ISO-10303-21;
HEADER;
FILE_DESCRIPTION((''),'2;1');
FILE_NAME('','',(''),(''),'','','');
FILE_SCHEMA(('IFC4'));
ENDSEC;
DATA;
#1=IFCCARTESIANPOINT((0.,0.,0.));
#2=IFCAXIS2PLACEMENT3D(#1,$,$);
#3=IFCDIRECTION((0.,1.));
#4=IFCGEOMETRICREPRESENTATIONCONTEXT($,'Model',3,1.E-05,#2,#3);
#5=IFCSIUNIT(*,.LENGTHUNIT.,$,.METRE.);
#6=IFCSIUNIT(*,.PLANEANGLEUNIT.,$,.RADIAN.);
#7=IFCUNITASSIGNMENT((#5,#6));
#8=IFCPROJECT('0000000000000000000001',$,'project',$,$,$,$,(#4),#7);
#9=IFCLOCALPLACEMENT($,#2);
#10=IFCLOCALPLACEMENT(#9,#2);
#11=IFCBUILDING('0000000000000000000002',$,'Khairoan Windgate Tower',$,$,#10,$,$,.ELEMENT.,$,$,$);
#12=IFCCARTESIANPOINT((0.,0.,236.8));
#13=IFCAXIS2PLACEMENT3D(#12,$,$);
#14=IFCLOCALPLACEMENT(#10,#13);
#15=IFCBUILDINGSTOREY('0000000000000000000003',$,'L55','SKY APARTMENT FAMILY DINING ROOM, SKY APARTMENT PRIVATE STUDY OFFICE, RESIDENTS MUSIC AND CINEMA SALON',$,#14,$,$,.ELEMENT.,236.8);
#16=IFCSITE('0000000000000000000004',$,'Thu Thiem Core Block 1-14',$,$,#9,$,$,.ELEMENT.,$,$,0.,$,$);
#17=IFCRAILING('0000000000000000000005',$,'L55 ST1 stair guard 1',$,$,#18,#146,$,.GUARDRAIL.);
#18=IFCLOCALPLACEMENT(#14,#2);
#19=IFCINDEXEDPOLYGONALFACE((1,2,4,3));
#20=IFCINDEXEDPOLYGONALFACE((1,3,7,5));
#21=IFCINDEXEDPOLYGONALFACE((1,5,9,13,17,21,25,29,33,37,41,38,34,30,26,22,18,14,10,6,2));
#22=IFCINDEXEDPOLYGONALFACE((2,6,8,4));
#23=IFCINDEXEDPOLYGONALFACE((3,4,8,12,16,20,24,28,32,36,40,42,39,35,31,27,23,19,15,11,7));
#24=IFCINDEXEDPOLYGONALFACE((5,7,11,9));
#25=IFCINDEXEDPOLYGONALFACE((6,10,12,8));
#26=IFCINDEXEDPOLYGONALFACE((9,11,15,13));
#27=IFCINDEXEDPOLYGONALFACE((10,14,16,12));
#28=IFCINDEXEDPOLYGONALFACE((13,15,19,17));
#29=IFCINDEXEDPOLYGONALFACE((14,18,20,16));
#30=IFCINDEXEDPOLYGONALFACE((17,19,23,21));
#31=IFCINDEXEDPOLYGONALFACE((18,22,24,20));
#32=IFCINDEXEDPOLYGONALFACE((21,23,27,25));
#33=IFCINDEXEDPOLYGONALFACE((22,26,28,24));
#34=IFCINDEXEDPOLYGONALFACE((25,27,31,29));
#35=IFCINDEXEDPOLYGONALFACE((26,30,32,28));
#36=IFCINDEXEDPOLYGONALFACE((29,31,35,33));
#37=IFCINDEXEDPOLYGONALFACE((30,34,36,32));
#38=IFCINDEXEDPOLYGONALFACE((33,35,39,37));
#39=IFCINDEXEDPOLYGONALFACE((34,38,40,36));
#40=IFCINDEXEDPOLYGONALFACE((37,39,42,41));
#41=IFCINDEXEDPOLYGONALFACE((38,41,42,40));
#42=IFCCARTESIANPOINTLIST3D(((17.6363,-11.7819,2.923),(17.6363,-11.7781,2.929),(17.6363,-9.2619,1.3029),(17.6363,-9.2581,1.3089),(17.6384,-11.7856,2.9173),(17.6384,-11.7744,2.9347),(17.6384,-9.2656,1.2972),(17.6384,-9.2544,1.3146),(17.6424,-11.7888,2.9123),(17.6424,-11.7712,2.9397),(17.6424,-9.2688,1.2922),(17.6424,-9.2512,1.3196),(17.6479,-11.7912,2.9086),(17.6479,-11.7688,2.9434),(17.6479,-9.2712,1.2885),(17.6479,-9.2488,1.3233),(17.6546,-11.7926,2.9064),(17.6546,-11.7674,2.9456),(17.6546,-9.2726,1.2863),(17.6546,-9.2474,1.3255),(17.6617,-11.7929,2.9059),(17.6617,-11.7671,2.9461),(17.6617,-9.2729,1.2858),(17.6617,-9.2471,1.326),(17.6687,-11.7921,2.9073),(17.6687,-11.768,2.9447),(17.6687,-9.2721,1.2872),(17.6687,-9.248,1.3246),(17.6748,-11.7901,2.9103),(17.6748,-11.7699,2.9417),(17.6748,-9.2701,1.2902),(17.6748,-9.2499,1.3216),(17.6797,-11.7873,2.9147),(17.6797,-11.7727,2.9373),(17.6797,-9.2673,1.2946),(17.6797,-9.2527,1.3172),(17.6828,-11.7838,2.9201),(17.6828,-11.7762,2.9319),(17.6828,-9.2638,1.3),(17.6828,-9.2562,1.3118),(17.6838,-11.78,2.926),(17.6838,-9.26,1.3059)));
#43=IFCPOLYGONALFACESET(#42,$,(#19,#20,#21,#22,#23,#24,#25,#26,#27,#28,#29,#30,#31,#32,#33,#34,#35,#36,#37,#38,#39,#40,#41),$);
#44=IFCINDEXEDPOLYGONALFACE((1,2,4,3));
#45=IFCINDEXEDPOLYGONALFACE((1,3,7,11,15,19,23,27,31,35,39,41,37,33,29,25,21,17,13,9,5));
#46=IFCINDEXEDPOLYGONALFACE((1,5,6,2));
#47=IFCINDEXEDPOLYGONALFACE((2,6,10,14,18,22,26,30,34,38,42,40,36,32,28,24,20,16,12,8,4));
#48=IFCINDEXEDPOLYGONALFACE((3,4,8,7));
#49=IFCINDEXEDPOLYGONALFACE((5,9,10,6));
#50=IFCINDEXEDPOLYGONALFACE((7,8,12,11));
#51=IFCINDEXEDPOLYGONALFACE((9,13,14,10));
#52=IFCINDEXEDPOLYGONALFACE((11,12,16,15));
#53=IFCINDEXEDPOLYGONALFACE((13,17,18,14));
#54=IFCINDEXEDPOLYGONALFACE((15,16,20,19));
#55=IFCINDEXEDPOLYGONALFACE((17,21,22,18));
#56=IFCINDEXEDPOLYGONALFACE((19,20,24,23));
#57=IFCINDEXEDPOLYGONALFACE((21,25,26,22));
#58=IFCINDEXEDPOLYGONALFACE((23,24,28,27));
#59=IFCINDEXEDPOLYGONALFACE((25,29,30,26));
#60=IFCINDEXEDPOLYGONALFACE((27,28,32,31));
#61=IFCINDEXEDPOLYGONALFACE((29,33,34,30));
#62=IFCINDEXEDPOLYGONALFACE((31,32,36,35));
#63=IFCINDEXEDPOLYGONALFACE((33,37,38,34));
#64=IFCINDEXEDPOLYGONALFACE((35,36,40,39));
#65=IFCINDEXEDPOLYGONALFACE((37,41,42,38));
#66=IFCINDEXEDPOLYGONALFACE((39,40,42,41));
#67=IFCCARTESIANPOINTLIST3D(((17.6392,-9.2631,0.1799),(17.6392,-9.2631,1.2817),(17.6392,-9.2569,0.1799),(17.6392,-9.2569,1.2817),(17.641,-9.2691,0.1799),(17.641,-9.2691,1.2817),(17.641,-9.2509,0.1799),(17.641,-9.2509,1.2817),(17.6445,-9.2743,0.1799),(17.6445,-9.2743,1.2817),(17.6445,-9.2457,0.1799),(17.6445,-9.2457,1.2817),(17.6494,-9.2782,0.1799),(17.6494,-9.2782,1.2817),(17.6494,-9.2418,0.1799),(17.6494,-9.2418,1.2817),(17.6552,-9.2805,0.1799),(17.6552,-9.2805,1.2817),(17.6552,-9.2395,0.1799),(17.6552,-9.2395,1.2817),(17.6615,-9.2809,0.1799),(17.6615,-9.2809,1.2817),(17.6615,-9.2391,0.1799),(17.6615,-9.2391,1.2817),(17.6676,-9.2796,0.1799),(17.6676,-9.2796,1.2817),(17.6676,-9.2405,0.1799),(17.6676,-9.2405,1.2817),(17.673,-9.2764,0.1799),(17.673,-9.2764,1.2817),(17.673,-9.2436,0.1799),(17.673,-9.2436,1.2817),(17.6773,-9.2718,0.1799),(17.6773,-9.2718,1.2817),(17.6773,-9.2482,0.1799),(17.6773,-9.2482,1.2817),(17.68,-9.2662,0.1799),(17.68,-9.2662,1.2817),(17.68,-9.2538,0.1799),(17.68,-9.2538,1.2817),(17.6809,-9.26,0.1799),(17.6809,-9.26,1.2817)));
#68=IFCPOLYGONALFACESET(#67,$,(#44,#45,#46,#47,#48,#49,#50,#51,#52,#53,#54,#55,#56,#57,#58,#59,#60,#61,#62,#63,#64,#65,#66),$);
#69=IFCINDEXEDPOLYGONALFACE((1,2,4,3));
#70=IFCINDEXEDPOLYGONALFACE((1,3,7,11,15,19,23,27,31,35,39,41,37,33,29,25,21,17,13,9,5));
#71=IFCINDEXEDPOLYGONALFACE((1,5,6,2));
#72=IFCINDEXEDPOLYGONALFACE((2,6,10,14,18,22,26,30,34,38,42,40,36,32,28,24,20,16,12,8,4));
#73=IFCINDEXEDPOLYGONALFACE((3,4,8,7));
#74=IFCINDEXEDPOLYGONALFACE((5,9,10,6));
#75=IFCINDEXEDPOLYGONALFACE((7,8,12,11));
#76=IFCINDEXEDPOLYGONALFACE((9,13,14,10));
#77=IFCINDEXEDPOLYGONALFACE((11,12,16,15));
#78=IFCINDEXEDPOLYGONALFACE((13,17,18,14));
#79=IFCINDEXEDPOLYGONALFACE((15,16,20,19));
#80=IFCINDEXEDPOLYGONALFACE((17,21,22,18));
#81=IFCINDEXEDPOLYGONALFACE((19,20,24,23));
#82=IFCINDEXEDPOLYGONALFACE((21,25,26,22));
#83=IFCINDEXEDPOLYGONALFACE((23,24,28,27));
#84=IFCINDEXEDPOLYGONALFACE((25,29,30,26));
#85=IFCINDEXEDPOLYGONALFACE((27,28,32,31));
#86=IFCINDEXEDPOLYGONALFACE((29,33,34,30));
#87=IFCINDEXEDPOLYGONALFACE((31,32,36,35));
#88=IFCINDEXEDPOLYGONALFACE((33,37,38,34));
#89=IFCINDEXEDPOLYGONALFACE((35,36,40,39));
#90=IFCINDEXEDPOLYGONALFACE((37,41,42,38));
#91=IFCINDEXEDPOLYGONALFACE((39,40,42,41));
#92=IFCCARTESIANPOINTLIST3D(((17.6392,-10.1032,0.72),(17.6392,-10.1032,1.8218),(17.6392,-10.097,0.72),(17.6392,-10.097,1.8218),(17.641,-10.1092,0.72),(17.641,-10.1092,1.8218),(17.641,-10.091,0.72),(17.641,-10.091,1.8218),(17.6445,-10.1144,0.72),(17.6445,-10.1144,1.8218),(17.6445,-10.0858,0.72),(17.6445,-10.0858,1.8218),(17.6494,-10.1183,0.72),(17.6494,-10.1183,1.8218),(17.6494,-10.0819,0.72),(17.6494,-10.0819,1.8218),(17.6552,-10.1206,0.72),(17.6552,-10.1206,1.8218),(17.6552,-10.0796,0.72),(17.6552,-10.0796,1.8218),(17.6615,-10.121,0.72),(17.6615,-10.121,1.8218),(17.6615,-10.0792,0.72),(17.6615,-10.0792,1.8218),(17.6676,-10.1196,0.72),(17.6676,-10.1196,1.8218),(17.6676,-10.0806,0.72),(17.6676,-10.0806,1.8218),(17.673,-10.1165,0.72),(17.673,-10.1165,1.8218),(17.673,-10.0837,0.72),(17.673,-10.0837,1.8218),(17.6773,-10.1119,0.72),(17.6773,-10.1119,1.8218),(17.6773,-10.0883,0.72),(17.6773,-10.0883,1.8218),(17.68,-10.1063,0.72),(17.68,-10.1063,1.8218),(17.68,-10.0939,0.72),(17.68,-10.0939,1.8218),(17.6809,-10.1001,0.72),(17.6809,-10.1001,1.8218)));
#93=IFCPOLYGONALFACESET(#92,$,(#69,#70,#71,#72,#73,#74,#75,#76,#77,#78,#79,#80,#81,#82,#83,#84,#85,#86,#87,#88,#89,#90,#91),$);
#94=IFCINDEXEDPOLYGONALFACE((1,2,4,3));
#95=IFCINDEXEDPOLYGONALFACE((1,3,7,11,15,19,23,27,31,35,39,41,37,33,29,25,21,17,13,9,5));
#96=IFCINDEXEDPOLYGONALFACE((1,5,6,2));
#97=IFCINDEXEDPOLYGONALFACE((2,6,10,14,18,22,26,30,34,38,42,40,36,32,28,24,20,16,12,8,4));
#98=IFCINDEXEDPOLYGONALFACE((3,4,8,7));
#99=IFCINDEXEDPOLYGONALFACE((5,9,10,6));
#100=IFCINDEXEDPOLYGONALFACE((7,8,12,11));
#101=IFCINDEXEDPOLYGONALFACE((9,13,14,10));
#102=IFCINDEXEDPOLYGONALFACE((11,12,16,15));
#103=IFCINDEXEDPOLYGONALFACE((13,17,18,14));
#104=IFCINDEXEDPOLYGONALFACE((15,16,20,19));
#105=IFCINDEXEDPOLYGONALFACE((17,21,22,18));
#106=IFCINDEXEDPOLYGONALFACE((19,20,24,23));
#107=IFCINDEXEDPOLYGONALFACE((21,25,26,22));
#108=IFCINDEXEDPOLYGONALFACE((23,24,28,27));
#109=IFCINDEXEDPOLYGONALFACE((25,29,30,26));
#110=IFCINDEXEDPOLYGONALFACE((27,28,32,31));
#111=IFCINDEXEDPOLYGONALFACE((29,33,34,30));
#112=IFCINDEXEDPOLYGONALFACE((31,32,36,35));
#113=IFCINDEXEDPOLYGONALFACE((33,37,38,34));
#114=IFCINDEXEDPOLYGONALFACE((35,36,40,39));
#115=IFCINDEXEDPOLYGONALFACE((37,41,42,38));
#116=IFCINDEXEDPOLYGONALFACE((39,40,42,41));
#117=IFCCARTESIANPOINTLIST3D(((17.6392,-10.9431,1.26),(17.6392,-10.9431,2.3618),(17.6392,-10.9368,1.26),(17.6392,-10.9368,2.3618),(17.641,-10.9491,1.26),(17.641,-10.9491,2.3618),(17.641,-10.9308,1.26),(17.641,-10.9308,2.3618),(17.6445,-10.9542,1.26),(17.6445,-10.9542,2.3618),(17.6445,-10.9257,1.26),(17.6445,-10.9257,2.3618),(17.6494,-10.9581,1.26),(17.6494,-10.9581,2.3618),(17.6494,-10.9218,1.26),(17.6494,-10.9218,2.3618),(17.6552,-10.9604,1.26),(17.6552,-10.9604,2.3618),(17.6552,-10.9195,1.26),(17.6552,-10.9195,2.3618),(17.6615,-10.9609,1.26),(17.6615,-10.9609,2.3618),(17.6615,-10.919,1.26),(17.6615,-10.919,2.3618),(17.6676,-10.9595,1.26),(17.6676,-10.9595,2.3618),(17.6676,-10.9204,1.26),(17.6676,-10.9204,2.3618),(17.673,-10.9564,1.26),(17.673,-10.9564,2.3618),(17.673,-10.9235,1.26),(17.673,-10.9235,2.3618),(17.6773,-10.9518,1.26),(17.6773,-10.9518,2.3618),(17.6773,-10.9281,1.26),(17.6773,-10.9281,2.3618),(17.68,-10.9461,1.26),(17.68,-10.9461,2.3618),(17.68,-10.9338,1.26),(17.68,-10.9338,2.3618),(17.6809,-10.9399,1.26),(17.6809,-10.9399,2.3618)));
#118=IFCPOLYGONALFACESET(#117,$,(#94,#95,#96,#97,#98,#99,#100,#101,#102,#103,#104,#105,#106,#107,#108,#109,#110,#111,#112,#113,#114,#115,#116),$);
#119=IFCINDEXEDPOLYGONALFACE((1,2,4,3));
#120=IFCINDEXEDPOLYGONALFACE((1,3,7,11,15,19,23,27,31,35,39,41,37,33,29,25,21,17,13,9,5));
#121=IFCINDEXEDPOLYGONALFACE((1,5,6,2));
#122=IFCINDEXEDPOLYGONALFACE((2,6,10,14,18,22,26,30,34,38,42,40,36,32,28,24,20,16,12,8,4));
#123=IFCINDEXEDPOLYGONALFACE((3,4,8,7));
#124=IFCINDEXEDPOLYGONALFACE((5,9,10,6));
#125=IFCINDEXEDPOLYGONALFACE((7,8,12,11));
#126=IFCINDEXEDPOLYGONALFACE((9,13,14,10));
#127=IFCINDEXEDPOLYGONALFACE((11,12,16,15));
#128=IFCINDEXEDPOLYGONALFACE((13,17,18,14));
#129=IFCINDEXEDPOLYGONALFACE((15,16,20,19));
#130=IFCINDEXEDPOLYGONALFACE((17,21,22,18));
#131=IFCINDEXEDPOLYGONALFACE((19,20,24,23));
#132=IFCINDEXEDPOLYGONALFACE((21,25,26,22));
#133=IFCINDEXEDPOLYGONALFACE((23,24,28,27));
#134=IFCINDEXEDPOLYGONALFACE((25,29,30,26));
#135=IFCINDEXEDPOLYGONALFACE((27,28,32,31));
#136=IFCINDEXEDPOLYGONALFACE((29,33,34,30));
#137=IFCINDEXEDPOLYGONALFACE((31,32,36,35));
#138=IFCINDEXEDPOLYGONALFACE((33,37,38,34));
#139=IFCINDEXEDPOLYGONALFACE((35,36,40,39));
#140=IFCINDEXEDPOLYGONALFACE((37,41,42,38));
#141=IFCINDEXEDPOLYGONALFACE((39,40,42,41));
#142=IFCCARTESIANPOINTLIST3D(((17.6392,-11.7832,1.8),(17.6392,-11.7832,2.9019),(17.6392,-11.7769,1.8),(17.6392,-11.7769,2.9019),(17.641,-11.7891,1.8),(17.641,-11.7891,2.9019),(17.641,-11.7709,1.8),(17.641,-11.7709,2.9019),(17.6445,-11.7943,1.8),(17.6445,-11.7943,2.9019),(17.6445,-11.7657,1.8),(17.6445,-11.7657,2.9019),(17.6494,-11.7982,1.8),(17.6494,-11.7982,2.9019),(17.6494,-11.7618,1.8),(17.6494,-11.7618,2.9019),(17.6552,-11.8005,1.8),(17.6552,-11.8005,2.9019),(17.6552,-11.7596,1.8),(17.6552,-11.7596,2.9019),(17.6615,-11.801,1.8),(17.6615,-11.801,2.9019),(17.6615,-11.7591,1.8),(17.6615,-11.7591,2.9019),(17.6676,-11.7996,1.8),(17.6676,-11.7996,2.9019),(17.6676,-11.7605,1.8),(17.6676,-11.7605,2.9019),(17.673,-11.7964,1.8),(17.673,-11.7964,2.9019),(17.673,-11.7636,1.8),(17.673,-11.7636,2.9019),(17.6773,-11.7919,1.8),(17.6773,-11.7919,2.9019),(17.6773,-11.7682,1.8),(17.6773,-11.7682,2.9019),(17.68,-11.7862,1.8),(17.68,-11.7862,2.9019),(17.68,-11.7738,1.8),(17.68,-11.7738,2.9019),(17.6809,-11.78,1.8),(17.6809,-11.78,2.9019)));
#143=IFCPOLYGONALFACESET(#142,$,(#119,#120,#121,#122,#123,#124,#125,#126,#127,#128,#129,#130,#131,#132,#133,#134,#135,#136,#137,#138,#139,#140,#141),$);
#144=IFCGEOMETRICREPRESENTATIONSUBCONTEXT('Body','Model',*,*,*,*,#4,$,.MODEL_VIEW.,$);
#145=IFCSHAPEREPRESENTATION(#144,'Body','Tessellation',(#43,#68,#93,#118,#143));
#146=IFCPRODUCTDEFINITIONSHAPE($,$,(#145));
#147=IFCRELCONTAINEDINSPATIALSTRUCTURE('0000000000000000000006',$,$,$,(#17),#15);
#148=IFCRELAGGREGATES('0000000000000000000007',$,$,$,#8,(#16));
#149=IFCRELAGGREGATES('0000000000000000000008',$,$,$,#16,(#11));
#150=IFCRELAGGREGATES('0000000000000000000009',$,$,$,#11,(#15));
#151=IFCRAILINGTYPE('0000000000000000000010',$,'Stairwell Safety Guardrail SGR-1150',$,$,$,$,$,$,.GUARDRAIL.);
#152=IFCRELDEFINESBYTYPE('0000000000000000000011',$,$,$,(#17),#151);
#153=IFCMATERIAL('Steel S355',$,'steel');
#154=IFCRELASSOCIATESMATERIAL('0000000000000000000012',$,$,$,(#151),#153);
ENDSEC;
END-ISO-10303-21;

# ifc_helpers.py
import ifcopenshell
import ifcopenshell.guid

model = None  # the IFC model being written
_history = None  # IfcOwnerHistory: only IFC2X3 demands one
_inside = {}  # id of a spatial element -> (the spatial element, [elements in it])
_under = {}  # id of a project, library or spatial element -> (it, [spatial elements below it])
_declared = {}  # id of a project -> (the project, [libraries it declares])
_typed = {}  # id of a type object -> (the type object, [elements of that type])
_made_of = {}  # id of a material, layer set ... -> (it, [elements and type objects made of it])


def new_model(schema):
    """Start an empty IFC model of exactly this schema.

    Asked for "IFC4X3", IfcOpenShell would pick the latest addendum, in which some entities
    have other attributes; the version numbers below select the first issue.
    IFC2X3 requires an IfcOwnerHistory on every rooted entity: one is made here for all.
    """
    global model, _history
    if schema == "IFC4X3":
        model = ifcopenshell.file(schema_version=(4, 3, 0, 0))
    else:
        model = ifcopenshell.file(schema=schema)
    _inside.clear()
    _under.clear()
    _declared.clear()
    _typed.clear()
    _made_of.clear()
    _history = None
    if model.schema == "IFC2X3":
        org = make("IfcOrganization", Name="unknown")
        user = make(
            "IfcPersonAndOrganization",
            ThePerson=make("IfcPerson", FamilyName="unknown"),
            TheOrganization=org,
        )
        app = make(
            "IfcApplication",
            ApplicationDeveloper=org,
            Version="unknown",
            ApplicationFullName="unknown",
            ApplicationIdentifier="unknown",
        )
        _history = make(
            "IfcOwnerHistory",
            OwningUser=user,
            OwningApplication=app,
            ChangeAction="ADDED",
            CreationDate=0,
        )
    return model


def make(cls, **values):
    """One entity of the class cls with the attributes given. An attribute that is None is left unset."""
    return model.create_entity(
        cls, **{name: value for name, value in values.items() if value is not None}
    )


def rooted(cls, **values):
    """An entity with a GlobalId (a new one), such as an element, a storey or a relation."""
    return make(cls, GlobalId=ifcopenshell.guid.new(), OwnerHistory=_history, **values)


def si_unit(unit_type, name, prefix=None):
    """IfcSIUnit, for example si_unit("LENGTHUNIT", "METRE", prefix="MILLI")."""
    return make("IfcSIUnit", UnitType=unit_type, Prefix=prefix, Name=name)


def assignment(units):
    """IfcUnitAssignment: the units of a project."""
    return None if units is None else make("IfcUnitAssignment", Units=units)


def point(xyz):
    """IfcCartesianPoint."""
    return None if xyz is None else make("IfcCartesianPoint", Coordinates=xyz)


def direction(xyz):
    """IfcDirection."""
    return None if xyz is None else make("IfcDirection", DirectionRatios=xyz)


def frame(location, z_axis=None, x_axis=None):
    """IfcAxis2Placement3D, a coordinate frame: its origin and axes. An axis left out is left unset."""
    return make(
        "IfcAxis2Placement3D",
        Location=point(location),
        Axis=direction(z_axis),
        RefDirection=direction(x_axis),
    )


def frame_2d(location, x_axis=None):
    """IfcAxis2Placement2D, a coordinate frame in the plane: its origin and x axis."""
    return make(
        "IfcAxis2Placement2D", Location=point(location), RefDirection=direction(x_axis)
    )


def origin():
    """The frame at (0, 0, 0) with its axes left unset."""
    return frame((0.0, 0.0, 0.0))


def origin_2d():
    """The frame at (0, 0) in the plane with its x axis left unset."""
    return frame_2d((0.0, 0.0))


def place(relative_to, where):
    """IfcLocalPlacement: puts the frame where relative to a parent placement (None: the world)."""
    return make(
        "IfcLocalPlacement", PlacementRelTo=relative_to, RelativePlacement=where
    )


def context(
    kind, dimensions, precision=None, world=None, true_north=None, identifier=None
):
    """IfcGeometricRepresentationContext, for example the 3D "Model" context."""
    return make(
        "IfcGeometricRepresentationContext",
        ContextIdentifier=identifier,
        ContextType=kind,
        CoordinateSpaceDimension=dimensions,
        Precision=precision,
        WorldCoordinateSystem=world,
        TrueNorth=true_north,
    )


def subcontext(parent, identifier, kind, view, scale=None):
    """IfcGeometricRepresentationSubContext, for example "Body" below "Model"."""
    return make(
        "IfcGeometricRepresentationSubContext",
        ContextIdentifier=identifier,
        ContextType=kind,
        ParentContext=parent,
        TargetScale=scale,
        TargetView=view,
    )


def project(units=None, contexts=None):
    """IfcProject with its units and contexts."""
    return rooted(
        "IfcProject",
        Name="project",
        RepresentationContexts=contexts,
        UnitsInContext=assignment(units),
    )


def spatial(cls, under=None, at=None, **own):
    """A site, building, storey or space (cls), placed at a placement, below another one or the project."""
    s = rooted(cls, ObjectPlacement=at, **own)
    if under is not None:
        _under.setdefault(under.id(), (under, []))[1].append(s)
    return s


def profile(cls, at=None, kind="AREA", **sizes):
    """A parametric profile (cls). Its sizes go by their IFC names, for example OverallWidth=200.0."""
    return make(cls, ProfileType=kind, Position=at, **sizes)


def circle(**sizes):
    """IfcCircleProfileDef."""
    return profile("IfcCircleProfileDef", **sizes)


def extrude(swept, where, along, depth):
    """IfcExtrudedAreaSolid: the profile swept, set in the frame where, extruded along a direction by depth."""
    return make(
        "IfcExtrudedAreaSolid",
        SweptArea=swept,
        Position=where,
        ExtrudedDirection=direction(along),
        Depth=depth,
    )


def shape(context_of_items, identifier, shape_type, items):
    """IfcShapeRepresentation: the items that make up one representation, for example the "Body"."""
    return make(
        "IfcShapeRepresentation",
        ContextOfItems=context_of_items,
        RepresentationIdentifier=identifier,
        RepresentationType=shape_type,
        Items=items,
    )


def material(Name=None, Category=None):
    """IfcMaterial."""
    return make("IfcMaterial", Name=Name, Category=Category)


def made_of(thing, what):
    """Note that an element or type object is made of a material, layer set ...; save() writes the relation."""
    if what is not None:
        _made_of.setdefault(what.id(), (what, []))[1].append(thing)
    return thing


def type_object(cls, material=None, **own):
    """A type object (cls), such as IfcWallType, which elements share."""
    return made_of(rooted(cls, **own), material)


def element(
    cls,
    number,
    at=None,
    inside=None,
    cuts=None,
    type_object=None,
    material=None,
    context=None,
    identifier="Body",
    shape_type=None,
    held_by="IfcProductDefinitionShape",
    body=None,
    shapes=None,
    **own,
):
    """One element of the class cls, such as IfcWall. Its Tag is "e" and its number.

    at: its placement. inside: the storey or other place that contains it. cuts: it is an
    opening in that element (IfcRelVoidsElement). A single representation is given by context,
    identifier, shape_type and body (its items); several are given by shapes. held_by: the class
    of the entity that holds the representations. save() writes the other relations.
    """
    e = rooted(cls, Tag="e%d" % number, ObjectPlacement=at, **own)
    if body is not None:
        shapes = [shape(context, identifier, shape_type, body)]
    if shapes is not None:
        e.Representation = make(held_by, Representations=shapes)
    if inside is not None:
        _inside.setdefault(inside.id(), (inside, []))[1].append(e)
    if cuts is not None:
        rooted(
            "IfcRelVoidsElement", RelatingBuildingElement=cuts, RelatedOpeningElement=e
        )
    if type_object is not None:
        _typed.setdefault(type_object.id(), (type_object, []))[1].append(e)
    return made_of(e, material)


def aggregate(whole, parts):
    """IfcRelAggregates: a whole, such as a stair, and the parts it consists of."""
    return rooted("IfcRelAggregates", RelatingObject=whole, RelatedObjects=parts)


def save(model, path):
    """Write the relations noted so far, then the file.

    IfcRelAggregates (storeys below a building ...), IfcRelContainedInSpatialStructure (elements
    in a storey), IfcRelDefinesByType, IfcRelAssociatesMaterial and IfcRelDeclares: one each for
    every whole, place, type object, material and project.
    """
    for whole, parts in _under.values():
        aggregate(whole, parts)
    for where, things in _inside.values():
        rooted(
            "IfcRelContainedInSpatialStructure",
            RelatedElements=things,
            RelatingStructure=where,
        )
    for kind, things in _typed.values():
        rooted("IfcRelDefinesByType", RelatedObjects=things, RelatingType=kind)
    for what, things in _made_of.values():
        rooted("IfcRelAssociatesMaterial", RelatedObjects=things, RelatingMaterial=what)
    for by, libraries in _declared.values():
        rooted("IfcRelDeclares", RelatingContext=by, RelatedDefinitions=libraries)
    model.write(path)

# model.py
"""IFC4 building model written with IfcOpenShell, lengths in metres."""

from ifc_helpers import new_model, si_unit, direction, frame, origin, origin_2d, place, context, subcontext, project, spatial, circle, extrude, material, type_object, element, save


model = new_model("IFC4")

# Units and contexts
model_context = context("Model", 3, precision=1e-05, world=origin(), true_north=direction((0.0, 1.0)))
body_context = subcontext(model_context, "Body", "Model", "MODEL_VIEW")
ifc_project = project(units=[si_unit("LENGTHUNIT", "METRE"), si_unit("PLANEANGLEUNIT", "RADIAN")], contexts=[model_context])

# Site, building, storey
site_placement = place(None, origin())
site = spatial("IfcSite", under=ifc_project, at=site_placement, Name="Thu Thiem Core Block 1-14", CompositionType="ELEMENT", RefElevation=0.0)
building_placement = place(site_placement, origin())
building = spatial("IfcBuilding", under=site, at=building_placement, Name="Khairoan Windgate Tower", CompositionType="ELEMENT")
storey_placement = place(building_placement, frame((0.0, 0.0, 236.8)))
storey = spatial("IfcBuildingStorey", under=building, at=storey_placement, Name="L55", Description="SKY APARTMENT FAMILY DINING ROOM, SKY APARTMENT PRIVATE STUDY OFFICE, RESIDENTS MUSIC AND CINEMA SALON", CompositionType="ELEMENT", Elevation=236.8)

# Railing
ifc_material_1 = material(Name="Steel S355", Category="steel")
railing_type_1 = type_object("IfcRailingType", Name="Stairwell Safety Guardrail SGR-1150", PredefinedType="GUARDRAIL", material=ifc_material_1)
railing_1_placement = place(storey_placement, frame((17.6599, -9.26, 0.1799)))
element("IfcRailing", 1, at=railing_1_placement, inside=storey, type_object=railing_type_1, Name="L55 ST1 stair guard 1", PredefinedType="GUARDRAIL", context=body_context, shape_type="SweptSolid", body=[
    extrude(circle(Radius=0.0239, at=origin_2d()), frame((0.0, 0.0, 1.126), z_axis=(0.0, -0.841163, 0.540782), x_axis=(1.0, 0.0, 0.0)), (0.0, 0.0, 1.0), 2.9958),
    extrude(circle(Radius=0.021, at=origin_2d()), origin(), (0.0, 0.0, 1.0), 1.1018),
    extrude(circle(Radius=0.021, at=origin_2d()), frame((0.0, -0.8401, 0.54)), (0.0, 0.0, 1.0), 1.1018),
    extrude(circle(Radius=0.021, at=origin_2d()), frame((0.0, -1.6799, 1.0801)), (0.0, 0.0, 1.0), 1.1018),
    extrude(circle(Radius=0.021, at=origin_2d()), frame((0.0, -2.52, 1.6201)), (0.0, 0.0, 1.0), 1.1018),
])

save(model, "model.ifc")
